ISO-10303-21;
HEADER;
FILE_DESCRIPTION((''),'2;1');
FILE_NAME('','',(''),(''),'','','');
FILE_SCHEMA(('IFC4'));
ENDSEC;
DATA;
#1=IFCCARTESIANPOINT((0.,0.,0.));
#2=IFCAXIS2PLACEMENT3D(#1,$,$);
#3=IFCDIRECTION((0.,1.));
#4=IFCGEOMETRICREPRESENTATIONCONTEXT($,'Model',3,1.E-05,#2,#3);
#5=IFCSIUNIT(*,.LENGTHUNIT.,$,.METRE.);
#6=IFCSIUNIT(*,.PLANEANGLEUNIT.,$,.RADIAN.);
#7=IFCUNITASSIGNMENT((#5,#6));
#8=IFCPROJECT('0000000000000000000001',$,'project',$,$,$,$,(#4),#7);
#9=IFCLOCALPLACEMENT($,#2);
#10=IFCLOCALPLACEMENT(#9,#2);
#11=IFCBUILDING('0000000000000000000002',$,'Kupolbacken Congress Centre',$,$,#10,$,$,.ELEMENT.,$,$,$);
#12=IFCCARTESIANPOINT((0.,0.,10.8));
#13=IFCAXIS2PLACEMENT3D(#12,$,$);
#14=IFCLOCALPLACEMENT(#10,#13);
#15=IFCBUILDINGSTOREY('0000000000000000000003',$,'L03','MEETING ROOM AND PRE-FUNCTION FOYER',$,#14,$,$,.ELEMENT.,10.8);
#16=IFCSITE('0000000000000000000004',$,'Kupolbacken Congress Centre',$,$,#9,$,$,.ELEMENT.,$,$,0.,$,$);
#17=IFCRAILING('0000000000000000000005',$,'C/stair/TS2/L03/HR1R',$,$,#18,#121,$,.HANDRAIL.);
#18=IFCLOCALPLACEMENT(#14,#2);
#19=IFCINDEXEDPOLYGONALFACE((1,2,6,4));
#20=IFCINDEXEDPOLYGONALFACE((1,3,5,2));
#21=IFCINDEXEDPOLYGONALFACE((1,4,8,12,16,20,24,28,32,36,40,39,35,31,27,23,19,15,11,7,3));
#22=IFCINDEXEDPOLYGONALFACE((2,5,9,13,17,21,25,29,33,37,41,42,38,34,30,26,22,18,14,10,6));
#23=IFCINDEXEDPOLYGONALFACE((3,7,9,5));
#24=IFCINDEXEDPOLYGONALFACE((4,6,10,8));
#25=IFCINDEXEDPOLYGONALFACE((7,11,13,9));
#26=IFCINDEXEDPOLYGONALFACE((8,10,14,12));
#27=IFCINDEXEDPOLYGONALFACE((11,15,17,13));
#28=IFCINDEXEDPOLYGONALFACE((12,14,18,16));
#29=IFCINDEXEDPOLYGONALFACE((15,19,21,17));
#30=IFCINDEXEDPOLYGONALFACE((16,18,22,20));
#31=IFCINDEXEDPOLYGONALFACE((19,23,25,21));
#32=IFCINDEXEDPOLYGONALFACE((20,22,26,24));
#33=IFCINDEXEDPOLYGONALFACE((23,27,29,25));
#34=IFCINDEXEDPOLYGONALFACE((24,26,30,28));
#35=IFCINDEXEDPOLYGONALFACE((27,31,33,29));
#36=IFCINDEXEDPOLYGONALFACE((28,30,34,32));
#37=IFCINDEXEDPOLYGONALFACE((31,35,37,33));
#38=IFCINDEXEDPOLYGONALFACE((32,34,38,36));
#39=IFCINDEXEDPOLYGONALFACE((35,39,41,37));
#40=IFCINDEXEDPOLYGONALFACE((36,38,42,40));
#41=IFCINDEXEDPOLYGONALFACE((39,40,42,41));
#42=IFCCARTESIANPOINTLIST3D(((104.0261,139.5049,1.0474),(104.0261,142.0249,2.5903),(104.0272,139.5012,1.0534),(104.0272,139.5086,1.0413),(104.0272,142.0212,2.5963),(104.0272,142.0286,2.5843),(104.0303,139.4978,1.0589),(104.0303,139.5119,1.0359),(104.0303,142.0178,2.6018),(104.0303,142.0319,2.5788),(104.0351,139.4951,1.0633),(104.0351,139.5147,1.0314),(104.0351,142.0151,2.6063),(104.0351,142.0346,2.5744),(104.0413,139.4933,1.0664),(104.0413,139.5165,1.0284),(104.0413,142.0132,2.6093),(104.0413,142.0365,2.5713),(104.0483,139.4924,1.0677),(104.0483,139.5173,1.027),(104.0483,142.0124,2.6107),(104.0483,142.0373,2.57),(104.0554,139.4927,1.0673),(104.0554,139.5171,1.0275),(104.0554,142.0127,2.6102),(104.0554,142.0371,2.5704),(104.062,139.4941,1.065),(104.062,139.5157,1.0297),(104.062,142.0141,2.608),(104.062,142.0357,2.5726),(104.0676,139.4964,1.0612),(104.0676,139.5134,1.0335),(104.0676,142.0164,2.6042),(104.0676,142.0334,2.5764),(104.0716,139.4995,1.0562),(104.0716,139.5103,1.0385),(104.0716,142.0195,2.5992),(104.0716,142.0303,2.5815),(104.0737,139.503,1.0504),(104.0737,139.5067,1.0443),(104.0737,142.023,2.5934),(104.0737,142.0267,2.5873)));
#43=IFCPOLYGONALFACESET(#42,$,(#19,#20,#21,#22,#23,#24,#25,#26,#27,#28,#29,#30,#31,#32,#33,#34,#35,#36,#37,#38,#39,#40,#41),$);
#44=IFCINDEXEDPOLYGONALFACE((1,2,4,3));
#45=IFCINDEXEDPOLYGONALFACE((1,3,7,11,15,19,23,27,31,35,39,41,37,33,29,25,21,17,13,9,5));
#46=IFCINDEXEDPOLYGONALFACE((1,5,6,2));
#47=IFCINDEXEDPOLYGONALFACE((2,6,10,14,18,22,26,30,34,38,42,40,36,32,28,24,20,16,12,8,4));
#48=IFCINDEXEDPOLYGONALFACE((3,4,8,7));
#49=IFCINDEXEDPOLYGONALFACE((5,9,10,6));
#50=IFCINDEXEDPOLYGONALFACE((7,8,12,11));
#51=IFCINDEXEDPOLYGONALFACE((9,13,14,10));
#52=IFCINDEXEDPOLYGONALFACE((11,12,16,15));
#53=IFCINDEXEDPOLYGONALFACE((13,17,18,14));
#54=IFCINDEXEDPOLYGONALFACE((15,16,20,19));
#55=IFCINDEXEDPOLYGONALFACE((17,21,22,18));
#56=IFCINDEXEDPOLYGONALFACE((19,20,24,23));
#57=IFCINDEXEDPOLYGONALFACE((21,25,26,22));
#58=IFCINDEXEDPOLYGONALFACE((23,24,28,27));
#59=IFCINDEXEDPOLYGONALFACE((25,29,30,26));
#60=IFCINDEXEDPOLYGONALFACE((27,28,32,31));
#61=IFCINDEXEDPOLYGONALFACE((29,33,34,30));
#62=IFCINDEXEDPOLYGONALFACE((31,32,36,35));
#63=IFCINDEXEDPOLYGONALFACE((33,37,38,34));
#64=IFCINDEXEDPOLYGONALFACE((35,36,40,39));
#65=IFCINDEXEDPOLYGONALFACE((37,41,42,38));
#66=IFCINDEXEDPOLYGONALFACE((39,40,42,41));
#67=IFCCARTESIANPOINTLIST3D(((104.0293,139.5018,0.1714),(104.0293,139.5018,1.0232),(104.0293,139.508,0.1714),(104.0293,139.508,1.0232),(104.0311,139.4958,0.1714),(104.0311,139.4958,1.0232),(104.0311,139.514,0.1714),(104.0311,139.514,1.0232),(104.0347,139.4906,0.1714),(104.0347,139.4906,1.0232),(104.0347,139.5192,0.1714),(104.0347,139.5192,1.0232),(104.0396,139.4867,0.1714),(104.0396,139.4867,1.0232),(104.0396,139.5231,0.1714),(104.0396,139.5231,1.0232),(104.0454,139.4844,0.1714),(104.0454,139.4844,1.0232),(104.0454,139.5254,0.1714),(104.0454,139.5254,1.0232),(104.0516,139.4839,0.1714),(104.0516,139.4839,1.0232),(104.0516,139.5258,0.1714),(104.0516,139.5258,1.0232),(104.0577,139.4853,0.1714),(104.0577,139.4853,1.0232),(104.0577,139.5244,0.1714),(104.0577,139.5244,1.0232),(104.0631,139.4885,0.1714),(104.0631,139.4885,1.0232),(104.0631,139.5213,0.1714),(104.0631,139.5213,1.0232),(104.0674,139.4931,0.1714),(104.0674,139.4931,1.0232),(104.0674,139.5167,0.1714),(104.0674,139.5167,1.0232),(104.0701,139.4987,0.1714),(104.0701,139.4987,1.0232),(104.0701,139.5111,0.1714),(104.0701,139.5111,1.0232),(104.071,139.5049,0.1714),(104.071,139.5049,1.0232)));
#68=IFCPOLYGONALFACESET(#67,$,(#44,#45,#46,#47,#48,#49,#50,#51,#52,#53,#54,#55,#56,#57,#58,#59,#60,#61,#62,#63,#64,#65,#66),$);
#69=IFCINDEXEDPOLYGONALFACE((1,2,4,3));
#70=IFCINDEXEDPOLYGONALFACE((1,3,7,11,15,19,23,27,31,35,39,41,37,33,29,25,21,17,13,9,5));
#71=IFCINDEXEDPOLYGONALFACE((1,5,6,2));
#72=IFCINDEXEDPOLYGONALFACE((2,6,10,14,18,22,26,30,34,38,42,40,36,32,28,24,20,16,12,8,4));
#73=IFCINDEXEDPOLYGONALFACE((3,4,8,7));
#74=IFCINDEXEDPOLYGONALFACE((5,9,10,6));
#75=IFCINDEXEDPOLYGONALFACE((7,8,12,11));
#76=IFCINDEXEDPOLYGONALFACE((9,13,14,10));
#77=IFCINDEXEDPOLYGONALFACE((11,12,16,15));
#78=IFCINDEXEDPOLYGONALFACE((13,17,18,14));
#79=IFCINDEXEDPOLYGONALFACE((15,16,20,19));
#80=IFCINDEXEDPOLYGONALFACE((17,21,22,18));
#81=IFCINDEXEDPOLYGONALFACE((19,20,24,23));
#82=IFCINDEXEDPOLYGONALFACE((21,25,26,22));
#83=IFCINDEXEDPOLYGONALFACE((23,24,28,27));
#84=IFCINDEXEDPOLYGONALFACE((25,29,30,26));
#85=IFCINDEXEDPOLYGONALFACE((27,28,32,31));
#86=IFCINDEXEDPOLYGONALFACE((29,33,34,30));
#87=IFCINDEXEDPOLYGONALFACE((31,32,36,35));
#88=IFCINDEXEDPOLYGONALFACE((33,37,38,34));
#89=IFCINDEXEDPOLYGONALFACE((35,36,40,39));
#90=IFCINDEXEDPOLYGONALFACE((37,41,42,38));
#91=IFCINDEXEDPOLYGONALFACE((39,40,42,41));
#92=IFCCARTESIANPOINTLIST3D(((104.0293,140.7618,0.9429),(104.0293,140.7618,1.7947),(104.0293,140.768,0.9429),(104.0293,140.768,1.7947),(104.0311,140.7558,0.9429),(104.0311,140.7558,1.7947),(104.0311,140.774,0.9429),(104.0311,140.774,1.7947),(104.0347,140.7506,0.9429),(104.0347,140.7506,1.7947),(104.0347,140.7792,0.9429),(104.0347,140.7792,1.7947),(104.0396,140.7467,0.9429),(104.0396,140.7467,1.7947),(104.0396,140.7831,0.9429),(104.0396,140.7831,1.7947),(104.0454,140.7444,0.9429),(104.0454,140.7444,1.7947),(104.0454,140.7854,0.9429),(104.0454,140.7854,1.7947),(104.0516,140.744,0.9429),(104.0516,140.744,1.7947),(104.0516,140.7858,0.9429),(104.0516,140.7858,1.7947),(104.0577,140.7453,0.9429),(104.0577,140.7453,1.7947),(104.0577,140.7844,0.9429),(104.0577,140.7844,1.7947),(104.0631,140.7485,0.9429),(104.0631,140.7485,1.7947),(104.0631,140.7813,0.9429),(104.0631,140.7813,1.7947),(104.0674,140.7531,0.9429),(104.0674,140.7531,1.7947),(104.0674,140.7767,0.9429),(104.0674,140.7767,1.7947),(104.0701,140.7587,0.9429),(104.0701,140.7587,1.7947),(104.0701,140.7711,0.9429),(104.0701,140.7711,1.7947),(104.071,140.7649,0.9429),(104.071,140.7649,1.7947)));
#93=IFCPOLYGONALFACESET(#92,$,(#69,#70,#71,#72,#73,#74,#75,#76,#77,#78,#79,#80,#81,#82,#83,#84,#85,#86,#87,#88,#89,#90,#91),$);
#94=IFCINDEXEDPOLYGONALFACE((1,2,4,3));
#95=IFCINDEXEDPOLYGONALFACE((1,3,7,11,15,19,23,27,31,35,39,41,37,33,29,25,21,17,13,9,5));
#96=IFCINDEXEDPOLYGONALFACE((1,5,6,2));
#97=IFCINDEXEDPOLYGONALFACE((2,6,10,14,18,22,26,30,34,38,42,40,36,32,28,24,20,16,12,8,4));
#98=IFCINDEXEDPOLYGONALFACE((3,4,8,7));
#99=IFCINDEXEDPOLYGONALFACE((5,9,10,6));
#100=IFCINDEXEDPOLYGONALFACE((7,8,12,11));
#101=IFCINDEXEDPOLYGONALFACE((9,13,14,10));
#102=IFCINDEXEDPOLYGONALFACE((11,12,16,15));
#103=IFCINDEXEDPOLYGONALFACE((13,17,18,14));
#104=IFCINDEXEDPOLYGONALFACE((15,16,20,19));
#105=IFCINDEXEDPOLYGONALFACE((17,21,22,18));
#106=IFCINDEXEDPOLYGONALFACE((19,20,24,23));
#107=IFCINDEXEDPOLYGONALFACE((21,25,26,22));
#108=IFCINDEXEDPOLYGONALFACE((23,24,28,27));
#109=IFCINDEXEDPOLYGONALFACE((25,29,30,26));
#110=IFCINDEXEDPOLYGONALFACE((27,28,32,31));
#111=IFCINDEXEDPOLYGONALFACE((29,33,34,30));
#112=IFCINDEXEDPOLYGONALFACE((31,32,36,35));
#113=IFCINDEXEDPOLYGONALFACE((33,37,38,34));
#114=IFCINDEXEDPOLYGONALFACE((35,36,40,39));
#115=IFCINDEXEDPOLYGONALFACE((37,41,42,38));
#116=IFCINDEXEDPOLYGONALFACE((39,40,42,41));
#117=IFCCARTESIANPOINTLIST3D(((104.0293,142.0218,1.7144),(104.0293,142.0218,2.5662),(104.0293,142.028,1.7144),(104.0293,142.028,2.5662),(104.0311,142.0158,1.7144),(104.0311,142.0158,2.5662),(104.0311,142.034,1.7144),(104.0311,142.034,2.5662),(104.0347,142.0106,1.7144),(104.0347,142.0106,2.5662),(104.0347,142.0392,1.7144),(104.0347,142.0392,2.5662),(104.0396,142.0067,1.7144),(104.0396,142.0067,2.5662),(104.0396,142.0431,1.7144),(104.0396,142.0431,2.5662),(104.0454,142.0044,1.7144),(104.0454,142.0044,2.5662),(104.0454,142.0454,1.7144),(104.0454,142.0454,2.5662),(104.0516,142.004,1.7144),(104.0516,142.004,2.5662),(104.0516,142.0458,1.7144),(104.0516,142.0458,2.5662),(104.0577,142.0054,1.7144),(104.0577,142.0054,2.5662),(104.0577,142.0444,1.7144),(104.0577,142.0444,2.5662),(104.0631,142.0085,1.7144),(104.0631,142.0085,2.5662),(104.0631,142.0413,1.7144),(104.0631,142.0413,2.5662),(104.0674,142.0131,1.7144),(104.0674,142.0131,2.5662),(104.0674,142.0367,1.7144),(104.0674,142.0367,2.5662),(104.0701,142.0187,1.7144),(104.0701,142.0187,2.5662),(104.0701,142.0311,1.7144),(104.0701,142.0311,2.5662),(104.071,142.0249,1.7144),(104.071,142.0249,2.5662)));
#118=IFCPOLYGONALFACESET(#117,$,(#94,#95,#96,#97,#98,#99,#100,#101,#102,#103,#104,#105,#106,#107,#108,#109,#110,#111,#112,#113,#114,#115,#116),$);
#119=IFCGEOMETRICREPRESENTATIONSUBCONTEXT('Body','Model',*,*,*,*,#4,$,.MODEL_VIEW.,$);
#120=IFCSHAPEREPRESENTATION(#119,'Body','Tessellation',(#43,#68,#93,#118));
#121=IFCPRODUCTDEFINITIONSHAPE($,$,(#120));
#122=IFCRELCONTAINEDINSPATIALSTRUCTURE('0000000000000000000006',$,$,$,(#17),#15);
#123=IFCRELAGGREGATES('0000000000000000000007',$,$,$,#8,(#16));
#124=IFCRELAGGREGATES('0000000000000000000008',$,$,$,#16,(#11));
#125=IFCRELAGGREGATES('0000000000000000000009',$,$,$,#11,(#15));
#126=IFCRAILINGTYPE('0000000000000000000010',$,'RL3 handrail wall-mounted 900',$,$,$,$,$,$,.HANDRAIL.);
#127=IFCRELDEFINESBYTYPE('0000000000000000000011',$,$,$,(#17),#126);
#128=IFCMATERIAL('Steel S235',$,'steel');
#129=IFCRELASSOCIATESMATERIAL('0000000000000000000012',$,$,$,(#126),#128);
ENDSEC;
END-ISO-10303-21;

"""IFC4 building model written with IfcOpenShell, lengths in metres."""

from ifc_helpers import new_model, si_unit, direction, frame, origin, origin_2d, place, context, subcontext, project, spatial, circle, extrude, material, type_object, element, save


model = new_model("IFC4")

# Units and contexts
model_context = context("Model", 3, precision=1e-05, world=origin(), true_north=direction((0.0, 1.0)))
body_context = subcontext(model_context, "Body", "Model", "MODEL_VIEW")
ifc_project = project(units=[si_unit("LENGTHUNIT", "METRE"), si_unit("PLANEANGLEUNIT", "RADIAN")], contexts=[model_context])

# Site, building, storey
site_placement = place(None, origin())
site = spatial("IfcSite", under=ifc_project, at=site_placement, Name="Kupolbacken Congress Centre", CompositionType="ELEMENT", RefElevation=0.0)
building_placement = place(site_placement, origin())
building = spatial("IfcBuilding", under=site, at=building_placement, Name="Kupolbacken Congress Centre", CompositionType="ELEMENT")
storey_placement = place(building_placement, frame((0.0, 0.0, 10.8)))
storey = spatial("IfcBuildingStorey", under=building, at=storey_placement, Name="L03", Description="MEETING ROOM AND PRE-FUNCTION FOYER", CompositionType="ELEMENT", Elevation=10.8)

# Railing
ifc_material_1 = material(Name="Steel S235", Category="steel")
railing_type = type_object("IfcRailingType", Name="RL3 handrail wall-mounted 900", PredefinedType="HANDRAIL", material=ifc_material_1)
for number, where, name in (
    (1, (104.05, 139.5049, 0.1714), "C/stair/TS2/L03/HR1R"),
):
    element("IfcRailing", number, at=place(storey_placement, frame(where)), inside=storey, type_object=railing_type, Name=name, PredefinedType="HANDRAIL", context=body_context, shape_type="SweptSolid", body=[
        extrude(circle(Radius=0.0239, at=origin_2d()), frame((0.0, 0.0, 0.876), z_axis=(0.0, 0.852836, 0.522178), x_axis=(-1.0, 0.0, 0.0)), (0.0, 0.0, 1.0), 2.9548),
        extrude(circle(Radius=0.021, at=origin_2d()), origin(), (0.0, 0.0, 1.0), 0.8518),
        extrude(circle(Radius=0.021, at=origin_2d()), frame((0.0, 1.26, 0.7715)), (0.0, 0.0, 1.0), 0.8518),
        extrude(circle(Radius=0.021, at=origin_2d()), frame((0.0, 2.52, 1.543)), (0.0, 0.0, 1.0), 0.8518),
    ])

save(model, "model.ifc")
